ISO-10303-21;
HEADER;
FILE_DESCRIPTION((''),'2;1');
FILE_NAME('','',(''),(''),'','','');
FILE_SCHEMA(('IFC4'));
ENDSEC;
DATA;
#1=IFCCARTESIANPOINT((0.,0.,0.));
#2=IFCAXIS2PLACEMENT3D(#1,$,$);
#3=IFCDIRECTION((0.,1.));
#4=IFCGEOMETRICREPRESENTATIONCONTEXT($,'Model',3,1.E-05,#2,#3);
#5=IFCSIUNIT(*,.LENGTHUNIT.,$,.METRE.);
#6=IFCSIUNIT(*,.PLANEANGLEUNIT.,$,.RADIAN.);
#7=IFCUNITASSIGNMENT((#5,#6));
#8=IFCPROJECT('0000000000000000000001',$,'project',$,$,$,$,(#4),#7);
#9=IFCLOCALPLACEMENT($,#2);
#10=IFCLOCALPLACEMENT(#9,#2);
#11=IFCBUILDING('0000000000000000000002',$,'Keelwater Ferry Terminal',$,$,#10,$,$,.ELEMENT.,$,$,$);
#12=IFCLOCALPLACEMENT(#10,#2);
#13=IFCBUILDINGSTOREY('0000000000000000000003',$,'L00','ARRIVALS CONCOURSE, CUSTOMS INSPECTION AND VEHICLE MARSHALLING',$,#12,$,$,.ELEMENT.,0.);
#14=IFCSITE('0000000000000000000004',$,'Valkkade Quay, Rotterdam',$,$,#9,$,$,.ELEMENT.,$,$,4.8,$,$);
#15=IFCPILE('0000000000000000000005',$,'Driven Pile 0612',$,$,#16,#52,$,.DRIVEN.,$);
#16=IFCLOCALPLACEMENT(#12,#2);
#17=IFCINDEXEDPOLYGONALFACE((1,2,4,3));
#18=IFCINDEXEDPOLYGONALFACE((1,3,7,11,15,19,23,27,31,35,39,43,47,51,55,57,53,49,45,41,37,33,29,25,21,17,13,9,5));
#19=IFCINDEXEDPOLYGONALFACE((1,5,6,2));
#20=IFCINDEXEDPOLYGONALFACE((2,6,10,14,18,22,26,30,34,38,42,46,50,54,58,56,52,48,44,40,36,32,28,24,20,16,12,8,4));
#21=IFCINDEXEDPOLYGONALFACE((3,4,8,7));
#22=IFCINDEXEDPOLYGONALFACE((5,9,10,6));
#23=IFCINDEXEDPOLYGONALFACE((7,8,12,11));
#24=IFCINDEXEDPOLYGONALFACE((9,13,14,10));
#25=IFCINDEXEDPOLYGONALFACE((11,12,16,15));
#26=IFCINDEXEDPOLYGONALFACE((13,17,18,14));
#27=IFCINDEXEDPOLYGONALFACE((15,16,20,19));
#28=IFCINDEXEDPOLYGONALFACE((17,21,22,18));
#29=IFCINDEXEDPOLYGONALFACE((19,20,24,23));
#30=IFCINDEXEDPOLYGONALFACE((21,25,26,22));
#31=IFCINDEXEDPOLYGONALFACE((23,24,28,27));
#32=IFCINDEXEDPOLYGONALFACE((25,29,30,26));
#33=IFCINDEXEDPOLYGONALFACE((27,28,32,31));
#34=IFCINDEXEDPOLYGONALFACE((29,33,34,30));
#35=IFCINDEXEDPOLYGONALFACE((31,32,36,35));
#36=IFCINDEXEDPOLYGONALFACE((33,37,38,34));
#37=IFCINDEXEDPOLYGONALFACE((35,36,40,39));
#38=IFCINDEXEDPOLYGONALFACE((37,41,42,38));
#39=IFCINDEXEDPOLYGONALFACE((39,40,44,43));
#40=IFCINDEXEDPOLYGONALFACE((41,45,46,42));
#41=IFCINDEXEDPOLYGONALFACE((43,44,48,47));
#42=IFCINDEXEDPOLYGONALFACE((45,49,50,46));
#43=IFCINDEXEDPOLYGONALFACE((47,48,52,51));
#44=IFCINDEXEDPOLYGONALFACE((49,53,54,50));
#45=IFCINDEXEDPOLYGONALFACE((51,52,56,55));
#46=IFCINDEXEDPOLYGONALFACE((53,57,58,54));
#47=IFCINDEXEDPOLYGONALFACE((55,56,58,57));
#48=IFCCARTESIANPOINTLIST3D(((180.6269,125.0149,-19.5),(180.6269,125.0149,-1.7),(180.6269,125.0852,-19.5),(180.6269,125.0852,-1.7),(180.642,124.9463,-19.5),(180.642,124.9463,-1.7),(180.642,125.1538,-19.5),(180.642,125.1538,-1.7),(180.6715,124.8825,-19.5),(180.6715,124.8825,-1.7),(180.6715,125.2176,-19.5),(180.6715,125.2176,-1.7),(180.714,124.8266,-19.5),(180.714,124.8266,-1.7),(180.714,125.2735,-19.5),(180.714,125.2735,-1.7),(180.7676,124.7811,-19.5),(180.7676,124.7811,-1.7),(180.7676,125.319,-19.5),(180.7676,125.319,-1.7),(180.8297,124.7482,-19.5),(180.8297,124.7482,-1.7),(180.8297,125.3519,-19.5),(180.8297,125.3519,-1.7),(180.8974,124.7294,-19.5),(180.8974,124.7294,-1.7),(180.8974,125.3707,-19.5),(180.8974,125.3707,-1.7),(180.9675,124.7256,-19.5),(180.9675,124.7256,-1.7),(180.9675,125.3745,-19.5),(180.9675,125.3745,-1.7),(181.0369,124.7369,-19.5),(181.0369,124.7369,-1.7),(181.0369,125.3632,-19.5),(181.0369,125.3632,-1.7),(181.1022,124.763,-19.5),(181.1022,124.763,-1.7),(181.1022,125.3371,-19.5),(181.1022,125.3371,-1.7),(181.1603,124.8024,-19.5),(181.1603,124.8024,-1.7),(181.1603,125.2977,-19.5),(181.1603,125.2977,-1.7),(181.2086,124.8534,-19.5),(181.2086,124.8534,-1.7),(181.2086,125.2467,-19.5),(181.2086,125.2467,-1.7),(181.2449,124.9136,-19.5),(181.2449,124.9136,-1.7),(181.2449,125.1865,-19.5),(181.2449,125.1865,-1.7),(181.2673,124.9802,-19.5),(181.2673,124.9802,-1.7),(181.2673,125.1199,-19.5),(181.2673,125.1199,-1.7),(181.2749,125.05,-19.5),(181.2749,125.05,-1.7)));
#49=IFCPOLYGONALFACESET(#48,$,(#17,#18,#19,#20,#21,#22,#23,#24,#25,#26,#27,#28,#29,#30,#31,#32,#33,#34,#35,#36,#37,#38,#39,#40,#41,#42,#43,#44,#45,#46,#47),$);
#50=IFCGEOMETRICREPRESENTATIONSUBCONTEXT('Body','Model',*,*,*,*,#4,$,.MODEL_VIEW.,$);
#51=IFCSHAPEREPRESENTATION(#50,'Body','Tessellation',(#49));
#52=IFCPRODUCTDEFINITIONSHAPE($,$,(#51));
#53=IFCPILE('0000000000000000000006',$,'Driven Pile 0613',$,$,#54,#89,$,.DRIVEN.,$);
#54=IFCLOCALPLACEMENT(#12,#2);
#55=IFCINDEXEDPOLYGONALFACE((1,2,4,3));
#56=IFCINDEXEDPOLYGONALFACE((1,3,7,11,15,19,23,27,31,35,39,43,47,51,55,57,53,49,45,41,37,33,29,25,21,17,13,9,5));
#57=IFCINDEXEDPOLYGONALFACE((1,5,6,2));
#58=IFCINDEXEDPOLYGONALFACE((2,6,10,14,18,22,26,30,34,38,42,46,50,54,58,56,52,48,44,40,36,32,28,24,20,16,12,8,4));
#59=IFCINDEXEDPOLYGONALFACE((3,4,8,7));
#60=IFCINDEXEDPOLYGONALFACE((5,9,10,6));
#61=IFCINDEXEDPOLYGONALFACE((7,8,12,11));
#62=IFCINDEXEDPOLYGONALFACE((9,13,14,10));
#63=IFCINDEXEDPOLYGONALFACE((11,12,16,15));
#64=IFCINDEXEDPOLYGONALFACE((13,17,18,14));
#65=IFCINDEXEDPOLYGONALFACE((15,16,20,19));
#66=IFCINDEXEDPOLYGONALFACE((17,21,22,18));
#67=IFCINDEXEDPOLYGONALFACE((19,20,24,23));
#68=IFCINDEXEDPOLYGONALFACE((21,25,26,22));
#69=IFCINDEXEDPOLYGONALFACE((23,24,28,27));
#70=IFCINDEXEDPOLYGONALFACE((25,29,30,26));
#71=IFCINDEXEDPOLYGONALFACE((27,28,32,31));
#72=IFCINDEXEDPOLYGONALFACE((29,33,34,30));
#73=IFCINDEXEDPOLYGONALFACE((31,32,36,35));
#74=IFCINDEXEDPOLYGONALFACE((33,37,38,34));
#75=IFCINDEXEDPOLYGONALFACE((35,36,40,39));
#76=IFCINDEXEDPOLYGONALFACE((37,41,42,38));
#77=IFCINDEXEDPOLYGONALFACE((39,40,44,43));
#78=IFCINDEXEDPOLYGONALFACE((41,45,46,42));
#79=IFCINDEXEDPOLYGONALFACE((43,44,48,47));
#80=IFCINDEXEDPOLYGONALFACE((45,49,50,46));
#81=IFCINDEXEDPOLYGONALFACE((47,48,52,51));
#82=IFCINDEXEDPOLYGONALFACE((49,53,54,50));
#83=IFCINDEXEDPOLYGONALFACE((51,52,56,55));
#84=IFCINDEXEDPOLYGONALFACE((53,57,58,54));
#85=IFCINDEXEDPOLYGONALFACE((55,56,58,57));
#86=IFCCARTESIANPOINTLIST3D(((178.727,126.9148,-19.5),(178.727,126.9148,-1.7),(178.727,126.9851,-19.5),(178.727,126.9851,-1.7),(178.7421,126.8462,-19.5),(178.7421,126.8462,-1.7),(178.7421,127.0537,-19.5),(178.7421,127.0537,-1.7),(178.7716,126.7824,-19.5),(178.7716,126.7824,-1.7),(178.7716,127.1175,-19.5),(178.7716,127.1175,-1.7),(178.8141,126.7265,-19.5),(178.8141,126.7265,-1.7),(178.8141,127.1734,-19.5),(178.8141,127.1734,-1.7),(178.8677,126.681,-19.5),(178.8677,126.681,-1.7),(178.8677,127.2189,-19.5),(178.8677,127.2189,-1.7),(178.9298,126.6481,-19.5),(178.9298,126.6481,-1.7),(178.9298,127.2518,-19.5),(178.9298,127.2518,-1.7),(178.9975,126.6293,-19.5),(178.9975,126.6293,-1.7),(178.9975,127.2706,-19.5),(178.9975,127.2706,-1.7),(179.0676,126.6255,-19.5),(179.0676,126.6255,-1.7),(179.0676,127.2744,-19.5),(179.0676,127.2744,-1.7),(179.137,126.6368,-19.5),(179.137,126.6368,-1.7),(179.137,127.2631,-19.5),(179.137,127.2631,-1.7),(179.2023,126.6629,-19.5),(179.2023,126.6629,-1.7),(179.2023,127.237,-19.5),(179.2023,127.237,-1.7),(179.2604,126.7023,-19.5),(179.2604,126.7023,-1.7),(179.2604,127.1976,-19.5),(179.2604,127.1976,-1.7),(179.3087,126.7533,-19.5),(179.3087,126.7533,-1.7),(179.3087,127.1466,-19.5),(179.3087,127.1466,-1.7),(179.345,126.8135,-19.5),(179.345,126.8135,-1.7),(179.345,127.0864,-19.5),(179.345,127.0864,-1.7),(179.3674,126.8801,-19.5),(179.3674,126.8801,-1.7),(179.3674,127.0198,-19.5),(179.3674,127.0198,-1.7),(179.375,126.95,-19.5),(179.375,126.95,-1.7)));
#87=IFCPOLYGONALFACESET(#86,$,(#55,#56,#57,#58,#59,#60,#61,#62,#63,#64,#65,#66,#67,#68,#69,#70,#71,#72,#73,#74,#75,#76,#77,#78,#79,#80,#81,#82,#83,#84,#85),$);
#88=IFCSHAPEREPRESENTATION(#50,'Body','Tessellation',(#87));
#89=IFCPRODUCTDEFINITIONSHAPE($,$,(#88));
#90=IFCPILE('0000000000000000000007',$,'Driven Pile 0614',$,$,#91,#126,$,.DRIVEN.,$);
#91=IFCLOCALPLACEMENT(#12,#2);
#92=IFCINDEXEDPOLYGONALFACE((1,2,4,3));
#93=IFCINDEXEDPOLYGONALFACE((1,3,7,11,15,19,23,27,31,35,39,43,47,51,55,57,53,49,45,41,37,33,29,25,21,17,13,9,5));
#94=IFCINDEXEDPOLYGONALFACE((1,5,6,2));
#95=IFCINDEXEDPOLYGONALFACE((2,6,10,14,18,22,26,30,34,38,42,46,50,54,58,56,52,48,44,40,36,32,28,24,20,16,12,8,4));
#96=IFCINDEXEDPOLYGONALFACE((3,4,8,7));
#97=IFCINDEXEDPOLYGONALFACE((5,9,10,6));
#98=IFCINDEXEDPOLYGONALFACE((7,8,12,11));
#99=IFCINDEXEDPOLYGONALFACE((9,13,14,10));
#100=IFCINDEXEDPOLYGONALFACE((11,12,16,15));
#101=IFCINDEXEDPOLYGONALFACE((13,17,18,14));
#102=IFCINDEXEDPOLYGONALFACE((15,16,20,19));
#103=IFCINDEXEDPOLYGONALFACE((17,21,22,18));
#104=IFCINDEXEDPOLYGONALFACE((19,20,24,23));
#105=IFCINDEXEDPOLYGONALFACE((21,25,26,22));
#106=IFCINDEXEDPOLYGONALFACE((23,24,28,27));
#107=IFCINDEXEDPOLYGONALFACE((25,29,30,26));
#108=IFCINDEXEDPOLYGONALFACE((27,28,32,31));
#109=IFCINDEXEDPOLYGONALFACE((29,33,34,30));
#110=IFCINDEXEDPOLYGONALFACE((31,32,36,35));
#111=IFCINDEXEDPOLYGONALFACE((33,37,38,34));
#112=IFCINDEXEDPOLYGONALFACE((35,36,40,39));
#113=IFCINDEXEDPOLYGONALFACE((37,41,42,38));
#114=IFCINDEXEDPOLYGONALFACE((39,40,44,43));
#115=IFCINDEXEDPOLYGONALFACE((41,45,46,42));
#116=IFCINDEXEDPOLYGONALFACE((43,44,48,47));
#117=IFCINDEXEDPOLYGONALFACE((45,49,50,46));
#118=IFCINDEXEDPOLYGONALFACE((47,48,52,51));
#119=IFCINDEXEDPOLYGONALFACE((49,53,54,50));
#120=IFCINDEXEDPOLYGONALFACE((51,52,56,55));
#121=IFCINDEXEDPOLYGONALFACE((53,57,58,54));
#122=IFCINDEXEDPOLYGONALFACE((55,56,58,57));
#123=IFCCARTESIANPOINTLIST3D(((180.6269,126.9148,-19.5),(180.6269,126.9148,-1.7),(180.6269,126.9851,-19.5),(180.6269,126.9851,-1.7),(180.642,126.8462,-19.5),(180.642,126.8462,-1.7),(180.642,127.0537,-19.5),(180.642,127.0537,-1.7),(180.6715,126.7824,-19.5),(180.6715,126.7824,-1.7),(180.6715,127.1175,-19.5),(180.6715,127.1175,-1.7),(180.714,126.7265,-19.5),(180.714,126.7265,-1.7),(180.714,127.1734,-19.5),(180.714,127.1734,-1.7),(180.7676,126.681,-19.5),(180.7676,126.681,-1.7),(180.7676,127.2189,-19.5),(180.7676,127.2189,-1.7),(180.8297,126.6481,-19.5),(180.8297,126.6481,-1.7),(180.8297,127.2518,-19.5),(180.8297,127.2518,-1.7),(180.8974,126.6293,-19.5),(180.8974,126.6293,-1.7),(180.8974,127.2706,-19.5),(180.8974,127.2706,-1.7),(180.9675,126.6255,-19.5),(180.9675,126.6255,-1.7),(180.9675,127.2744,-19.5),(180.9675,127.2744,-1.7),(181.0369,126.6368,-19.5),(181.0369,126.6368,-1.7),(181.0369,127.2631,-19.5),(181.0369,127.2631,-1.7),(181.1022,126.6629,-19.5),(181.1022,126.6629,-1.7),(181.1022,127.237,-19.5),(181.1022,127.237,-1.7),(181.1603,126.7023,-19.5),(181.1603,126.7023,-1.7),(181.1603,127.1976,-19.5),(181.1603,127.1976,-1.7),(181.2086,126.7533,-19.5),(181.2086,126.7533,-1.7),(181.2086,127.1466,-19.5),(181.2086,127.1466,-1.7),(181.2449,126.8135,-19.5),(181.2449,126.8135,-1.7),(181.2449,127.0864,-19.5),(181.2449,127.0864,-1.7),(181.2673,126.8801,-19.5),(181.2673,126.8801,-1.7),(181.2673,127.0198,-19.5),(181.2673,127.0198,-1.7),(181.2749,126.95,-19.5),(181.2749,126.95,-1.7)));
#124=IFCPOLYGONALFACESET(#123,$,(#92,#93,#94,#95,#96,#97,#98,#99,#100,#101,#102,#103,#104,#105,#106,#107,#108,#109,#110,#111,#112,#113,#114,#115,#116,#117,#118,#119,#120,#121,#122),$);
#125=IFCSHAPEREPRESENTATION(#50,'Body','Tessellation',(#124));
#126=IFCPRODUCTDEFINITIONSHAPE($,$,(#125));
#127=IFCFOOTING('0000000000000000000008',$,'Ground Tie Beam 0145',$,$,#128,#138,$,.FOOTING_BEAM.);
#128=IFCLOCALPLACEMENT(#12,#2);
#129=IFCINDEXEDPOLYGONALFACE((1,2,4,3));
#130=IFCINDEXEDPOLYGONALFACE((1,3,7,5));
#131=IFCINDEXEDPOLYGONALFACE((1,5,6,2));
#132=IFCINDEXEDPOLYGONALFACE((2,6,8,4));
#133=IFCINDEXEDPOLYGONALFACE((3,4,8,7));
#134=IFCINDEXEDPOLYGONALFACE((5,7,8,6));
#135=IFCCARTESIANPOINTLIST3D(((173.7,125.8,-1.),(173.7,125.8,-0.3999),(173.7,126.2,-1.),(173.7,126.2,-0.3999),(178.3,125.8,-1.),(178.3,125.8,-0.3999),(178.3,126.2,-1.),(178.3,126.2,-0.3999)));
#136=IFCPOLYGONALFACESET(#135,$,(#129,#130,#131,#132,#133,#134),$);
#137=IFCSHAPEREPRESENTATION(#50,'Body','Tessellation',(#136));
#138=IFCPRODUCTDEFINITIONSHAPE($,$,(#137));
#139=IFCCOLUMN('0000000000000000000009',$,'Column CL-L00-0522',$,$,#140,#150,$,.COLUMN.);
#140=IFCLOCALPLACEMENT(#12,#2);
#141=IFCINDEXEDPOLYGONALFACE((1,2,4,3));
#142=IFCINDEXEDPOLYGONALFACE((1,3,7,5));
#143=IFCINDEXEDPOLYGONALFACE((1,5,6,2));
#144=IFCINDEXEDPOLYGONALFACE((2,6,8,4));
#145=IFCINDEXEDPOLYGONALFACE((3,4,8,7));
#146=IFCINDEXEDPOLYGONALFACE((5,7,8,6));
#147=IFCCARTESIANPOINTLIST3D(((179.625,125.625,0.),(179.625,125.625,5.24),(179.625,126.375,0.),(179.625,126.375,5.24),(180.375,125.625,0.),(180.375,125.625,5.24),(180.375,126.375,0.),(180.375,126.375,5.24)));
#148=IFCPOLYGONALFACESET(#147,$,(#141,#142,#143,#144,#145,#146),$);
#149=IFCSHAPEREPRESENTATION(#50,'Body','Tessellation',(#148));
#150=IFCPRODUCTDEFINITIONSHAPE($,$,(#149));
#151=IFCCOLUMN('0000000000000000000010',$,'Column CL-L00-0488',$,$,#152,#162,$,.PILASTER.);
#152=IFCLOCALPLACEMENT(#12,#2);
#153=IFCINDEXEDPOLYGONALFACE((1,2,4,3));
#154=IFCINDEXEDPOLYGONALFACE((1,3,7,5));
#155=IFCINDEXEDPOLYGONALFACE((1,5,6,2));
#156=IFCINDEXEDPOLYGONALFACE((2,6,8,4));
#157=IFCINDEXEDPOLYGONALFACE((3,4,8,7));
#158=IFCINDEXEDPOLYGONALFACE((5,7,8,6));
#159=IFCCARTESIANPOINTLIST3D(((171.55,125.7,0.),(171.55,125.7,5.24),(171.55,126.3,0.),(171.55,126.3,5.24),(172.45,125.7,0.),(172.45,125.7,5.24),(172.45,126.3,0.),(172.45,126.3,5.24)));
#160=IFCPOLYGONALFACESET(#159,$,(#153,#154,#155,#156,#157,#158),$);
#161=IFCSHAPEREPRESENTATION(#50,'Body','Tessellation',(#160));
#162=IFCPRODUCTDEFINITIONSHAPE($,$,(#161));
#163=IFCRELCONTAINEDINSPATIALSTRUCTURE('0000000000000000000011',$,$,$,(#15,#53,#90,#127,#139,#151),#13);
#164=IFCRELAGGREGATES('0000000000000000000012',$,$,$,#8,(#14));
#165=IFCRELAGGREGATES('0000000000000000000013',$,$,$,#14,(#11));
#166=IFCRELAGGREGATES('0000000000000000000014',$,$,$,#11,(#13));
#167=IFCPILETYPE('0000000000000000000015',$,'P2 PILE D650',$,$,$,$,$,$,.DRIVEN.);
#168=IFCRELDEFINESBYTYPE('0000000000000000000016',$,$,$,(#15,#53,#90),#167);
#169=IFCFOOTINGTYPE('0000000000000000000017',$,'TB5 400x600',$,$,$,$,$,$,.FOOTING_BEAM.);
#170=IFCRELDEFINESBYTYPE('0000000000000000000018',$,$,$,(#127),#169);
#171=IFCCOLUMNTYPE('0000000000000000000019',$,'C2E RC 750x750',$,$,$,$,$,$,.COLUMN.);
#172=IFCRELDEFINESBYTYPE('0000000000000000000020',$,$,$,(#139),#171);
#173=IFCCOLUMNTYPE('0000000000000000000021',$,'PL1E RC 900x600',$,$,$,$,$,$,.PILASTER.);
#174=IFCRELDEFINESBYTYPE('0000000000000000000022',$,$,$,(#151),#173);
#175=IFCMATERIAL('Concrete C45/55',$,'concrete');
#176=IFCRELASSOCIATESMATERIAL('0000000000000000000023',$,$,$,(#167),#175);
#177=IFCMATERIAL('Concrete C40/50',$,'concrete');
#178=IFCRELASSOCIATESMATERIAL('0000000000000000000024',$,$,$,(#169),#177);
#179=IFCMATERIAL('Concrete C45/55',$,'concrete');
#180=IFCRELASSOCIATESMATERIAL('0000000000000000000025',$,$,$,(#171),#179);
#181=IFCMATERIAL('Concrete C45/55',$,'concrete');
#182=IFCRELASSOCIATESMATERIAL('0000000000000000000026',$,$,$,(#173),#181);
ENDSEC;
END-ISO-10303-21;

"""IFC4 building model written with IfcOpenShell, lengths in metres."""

from ifc_helpers import new_model, si_unit, direction, frame, origin, origin_2d, place, context, subcontext, project, spatial, rectangle, circle, extrude, material, material_profile, profile_set, type_object, element, save


model = new_model("IFC4")

# Units and contexts
model_context = context("Model", 3, precision=1e-05, world=origin(), true_north=direction((0.0, 1.0)))
body_context = subcontext(model_context, "Body", "Model", "MODEL_VIEW")
ifc_project = project(units=[si_unit("LENGTHUNIT", "METRE"), si_unit("PLANEANGLEUNIT", "RADIAN")], contexts=[model_context])

# Site, building, storey
site_placement = place(None, origin())
site = spatial("IfcSite", under=ifc_project, at=site_placement, Name="Valkkade Quay, Rotterdam", CompositionType="ELEMENT", RefElevation=4.8)
building_placement = place(site_placement, origin())
building = spatial("IfcBuilding", under=site, at=building_placement, Name="Keelwater Ferry Terminal", CompositionType="ELEMENT")
storey_placement = place(building_placement, origin())
storey = spatial("IfcBuildingStorey", under=building, at=storey_placement, Name="L00", Description="ARRIVALS CONCOURSE, CUSTOMS INSPECTION AND VEHICLE MARSHALLING", CompositionType="ELEMENT", Elevation=0.0)

# Piles
ifc_material_1 = material(Name="Concrete C45/55", Category="concrete")
ifc_material_profile_1 = material_profile(ifc_material_1, circle(Radius=0.325, at=origin_2d()), Name="PILE D650")
ifc_profile_set_1 = profile_set([ifc_material_profile_1], Name="Concrete C45/55")
pile_type = type_object("IfcPileType", Name="P2 PILE D650", PredefinedType="DRIVEN", material=ifc_profile_set_1)
for number, where, z_axis, x_axis, name in (
    (1, (180.95, 125.05, -1.7), (0.0, 0.0, -1.0), (1.0, 0.0, 0.0), "Driven Pile 0612"),
    (2, (179.05, 126.95, -1.7), (0.0, 0.0, -1.0), (1.0, 0.0, 0.0), "Driven Pile 0613"),
    (3, (180.95, 126.95, -1.7), (0.0, 0.0, -1.0), (1.0, 0.0, 0.0), "Driven Pile 0614"),
):
    element("IfcPile", number, at=place(storey_placement, frame(where, z_axis=z_axis, x_axis=x_axis)), inside=storey, type_object=pile_type, Name=name, PredefinedType="DRIVEN", context=body_context, shape_type="SweptSolid", body=[
        extrude(circle(Radius=0.325, at=origin_2d()), origin(), (0.0, 0.0, 1.0), 17.8),
    ])

# Footing
ifc_material_2 = material(Name="Concrete C40/50", Category="concrete")
ifc_material_profile_2 = material_profile(ifc_material_2, rectangle(XDim=0.3999, YDim=0.6001, at=origin_2d()), Name="TB 400x600")
ifc_profile_set_2 = profile_set([ifc_material_profile_2], Name="Concrete C40/50")
footing_type = type_object("IfcFootingType", Name="TB5 400x600", PredefinedType="FOOTING_BEAM", material=ifc_profile_set_2)
footing_placement = place(storey_placement, frame((173.7, 126.0, -0.7), z_axis=(1.0, 0.0, 0.0), x_axis=(0.0, 1.0, 0.0)))
element("IfcFooting", 4, at=footing_placement, inside=storey, type_object=footing_type, Name="Ground Tie Beam 0145", PredefinedType="FOOTING_BEAM", context=body_context, shape_type="SweptSolid", body=[
    extrude(rectangle(XDim=0.3999, YDim=0.6001, at=origin_2d()), origin(), (0.0, 0.0, 1.0), 4.6001),
])

# Columns
ifc_material_3 = material(Name="Concrete C45/55", Category="concrete")
ifc_material_profile_3 = material_profile(ifc_material_3, rectangle(XDim=0.75, YDim=0.75, at=origin_2d()), Name="RC 750x750")
ifc_profile_set_3 = profile_set([ifc_material_profile_3], Name="Concrete C45/55")
column_type_1 = type_object("IfcColumnType", Name="C2E RC 750x750", PredefinedType="COLUMN", material=ifc_profile_set_3)
column_1_placement = place(storey_placement, frame((180.0, 126.0, 0.0), z_axis=(0.0, 0.0, 1.0), x_axis=(1.0, 0.0, 0.0)))
element("IfcColumn", 5, at=column_1_placement, inside=storey, type_object=column_type_1, Name="Column CL-L00-0522", PredefinedType="COLUMN", context=body_context, shape_type="SweptSolid", body=[
    extrude(rectangle(XDim=0.75, YDim=0.75, at=origin_2d()), origin(), (0.0, 0.0, 1.0), 5.24),
])
ifc_material_4 = material(Name="Concrete C45/55", Category="concrete")
ifc_material_profile_4 = material_profile(ifc_material_4, rectangle(XDim=0.6001, YDim=0.8999, at=origin_2d()), Name="RC 900x600")
ifc_profile_set_4 = profile_set([ifc_material_profile_4], Name="Concrete C45/55")
column_type_2 = type_object("IfcColumnType", Name="PL1E RC 900x600", PredefinedType="PILASTER", material=ifc_profile_set_4)
column_2_placement = place(storey_placement, frame((172.0, 126.0, 0.0), z_axis=(0.0, 0.0, 1.0), x_axis=(0.0, 1.0, 0.0)))
element("IfcColumn", 6, at=column_2_placement, inside=storey, type_object=column_type_2, Name="Column CL-L00-0488", PredefinedType="PILASTER", context=body_context, shape_type="SweptSolid", body=[
    extrude(rectangle(XDim=0.6001, YDim=0.8999, at=origin_2d()), origin(), (0.0, 0.0, 1.0), 5.24),
])

save(model, "model.ifc")
